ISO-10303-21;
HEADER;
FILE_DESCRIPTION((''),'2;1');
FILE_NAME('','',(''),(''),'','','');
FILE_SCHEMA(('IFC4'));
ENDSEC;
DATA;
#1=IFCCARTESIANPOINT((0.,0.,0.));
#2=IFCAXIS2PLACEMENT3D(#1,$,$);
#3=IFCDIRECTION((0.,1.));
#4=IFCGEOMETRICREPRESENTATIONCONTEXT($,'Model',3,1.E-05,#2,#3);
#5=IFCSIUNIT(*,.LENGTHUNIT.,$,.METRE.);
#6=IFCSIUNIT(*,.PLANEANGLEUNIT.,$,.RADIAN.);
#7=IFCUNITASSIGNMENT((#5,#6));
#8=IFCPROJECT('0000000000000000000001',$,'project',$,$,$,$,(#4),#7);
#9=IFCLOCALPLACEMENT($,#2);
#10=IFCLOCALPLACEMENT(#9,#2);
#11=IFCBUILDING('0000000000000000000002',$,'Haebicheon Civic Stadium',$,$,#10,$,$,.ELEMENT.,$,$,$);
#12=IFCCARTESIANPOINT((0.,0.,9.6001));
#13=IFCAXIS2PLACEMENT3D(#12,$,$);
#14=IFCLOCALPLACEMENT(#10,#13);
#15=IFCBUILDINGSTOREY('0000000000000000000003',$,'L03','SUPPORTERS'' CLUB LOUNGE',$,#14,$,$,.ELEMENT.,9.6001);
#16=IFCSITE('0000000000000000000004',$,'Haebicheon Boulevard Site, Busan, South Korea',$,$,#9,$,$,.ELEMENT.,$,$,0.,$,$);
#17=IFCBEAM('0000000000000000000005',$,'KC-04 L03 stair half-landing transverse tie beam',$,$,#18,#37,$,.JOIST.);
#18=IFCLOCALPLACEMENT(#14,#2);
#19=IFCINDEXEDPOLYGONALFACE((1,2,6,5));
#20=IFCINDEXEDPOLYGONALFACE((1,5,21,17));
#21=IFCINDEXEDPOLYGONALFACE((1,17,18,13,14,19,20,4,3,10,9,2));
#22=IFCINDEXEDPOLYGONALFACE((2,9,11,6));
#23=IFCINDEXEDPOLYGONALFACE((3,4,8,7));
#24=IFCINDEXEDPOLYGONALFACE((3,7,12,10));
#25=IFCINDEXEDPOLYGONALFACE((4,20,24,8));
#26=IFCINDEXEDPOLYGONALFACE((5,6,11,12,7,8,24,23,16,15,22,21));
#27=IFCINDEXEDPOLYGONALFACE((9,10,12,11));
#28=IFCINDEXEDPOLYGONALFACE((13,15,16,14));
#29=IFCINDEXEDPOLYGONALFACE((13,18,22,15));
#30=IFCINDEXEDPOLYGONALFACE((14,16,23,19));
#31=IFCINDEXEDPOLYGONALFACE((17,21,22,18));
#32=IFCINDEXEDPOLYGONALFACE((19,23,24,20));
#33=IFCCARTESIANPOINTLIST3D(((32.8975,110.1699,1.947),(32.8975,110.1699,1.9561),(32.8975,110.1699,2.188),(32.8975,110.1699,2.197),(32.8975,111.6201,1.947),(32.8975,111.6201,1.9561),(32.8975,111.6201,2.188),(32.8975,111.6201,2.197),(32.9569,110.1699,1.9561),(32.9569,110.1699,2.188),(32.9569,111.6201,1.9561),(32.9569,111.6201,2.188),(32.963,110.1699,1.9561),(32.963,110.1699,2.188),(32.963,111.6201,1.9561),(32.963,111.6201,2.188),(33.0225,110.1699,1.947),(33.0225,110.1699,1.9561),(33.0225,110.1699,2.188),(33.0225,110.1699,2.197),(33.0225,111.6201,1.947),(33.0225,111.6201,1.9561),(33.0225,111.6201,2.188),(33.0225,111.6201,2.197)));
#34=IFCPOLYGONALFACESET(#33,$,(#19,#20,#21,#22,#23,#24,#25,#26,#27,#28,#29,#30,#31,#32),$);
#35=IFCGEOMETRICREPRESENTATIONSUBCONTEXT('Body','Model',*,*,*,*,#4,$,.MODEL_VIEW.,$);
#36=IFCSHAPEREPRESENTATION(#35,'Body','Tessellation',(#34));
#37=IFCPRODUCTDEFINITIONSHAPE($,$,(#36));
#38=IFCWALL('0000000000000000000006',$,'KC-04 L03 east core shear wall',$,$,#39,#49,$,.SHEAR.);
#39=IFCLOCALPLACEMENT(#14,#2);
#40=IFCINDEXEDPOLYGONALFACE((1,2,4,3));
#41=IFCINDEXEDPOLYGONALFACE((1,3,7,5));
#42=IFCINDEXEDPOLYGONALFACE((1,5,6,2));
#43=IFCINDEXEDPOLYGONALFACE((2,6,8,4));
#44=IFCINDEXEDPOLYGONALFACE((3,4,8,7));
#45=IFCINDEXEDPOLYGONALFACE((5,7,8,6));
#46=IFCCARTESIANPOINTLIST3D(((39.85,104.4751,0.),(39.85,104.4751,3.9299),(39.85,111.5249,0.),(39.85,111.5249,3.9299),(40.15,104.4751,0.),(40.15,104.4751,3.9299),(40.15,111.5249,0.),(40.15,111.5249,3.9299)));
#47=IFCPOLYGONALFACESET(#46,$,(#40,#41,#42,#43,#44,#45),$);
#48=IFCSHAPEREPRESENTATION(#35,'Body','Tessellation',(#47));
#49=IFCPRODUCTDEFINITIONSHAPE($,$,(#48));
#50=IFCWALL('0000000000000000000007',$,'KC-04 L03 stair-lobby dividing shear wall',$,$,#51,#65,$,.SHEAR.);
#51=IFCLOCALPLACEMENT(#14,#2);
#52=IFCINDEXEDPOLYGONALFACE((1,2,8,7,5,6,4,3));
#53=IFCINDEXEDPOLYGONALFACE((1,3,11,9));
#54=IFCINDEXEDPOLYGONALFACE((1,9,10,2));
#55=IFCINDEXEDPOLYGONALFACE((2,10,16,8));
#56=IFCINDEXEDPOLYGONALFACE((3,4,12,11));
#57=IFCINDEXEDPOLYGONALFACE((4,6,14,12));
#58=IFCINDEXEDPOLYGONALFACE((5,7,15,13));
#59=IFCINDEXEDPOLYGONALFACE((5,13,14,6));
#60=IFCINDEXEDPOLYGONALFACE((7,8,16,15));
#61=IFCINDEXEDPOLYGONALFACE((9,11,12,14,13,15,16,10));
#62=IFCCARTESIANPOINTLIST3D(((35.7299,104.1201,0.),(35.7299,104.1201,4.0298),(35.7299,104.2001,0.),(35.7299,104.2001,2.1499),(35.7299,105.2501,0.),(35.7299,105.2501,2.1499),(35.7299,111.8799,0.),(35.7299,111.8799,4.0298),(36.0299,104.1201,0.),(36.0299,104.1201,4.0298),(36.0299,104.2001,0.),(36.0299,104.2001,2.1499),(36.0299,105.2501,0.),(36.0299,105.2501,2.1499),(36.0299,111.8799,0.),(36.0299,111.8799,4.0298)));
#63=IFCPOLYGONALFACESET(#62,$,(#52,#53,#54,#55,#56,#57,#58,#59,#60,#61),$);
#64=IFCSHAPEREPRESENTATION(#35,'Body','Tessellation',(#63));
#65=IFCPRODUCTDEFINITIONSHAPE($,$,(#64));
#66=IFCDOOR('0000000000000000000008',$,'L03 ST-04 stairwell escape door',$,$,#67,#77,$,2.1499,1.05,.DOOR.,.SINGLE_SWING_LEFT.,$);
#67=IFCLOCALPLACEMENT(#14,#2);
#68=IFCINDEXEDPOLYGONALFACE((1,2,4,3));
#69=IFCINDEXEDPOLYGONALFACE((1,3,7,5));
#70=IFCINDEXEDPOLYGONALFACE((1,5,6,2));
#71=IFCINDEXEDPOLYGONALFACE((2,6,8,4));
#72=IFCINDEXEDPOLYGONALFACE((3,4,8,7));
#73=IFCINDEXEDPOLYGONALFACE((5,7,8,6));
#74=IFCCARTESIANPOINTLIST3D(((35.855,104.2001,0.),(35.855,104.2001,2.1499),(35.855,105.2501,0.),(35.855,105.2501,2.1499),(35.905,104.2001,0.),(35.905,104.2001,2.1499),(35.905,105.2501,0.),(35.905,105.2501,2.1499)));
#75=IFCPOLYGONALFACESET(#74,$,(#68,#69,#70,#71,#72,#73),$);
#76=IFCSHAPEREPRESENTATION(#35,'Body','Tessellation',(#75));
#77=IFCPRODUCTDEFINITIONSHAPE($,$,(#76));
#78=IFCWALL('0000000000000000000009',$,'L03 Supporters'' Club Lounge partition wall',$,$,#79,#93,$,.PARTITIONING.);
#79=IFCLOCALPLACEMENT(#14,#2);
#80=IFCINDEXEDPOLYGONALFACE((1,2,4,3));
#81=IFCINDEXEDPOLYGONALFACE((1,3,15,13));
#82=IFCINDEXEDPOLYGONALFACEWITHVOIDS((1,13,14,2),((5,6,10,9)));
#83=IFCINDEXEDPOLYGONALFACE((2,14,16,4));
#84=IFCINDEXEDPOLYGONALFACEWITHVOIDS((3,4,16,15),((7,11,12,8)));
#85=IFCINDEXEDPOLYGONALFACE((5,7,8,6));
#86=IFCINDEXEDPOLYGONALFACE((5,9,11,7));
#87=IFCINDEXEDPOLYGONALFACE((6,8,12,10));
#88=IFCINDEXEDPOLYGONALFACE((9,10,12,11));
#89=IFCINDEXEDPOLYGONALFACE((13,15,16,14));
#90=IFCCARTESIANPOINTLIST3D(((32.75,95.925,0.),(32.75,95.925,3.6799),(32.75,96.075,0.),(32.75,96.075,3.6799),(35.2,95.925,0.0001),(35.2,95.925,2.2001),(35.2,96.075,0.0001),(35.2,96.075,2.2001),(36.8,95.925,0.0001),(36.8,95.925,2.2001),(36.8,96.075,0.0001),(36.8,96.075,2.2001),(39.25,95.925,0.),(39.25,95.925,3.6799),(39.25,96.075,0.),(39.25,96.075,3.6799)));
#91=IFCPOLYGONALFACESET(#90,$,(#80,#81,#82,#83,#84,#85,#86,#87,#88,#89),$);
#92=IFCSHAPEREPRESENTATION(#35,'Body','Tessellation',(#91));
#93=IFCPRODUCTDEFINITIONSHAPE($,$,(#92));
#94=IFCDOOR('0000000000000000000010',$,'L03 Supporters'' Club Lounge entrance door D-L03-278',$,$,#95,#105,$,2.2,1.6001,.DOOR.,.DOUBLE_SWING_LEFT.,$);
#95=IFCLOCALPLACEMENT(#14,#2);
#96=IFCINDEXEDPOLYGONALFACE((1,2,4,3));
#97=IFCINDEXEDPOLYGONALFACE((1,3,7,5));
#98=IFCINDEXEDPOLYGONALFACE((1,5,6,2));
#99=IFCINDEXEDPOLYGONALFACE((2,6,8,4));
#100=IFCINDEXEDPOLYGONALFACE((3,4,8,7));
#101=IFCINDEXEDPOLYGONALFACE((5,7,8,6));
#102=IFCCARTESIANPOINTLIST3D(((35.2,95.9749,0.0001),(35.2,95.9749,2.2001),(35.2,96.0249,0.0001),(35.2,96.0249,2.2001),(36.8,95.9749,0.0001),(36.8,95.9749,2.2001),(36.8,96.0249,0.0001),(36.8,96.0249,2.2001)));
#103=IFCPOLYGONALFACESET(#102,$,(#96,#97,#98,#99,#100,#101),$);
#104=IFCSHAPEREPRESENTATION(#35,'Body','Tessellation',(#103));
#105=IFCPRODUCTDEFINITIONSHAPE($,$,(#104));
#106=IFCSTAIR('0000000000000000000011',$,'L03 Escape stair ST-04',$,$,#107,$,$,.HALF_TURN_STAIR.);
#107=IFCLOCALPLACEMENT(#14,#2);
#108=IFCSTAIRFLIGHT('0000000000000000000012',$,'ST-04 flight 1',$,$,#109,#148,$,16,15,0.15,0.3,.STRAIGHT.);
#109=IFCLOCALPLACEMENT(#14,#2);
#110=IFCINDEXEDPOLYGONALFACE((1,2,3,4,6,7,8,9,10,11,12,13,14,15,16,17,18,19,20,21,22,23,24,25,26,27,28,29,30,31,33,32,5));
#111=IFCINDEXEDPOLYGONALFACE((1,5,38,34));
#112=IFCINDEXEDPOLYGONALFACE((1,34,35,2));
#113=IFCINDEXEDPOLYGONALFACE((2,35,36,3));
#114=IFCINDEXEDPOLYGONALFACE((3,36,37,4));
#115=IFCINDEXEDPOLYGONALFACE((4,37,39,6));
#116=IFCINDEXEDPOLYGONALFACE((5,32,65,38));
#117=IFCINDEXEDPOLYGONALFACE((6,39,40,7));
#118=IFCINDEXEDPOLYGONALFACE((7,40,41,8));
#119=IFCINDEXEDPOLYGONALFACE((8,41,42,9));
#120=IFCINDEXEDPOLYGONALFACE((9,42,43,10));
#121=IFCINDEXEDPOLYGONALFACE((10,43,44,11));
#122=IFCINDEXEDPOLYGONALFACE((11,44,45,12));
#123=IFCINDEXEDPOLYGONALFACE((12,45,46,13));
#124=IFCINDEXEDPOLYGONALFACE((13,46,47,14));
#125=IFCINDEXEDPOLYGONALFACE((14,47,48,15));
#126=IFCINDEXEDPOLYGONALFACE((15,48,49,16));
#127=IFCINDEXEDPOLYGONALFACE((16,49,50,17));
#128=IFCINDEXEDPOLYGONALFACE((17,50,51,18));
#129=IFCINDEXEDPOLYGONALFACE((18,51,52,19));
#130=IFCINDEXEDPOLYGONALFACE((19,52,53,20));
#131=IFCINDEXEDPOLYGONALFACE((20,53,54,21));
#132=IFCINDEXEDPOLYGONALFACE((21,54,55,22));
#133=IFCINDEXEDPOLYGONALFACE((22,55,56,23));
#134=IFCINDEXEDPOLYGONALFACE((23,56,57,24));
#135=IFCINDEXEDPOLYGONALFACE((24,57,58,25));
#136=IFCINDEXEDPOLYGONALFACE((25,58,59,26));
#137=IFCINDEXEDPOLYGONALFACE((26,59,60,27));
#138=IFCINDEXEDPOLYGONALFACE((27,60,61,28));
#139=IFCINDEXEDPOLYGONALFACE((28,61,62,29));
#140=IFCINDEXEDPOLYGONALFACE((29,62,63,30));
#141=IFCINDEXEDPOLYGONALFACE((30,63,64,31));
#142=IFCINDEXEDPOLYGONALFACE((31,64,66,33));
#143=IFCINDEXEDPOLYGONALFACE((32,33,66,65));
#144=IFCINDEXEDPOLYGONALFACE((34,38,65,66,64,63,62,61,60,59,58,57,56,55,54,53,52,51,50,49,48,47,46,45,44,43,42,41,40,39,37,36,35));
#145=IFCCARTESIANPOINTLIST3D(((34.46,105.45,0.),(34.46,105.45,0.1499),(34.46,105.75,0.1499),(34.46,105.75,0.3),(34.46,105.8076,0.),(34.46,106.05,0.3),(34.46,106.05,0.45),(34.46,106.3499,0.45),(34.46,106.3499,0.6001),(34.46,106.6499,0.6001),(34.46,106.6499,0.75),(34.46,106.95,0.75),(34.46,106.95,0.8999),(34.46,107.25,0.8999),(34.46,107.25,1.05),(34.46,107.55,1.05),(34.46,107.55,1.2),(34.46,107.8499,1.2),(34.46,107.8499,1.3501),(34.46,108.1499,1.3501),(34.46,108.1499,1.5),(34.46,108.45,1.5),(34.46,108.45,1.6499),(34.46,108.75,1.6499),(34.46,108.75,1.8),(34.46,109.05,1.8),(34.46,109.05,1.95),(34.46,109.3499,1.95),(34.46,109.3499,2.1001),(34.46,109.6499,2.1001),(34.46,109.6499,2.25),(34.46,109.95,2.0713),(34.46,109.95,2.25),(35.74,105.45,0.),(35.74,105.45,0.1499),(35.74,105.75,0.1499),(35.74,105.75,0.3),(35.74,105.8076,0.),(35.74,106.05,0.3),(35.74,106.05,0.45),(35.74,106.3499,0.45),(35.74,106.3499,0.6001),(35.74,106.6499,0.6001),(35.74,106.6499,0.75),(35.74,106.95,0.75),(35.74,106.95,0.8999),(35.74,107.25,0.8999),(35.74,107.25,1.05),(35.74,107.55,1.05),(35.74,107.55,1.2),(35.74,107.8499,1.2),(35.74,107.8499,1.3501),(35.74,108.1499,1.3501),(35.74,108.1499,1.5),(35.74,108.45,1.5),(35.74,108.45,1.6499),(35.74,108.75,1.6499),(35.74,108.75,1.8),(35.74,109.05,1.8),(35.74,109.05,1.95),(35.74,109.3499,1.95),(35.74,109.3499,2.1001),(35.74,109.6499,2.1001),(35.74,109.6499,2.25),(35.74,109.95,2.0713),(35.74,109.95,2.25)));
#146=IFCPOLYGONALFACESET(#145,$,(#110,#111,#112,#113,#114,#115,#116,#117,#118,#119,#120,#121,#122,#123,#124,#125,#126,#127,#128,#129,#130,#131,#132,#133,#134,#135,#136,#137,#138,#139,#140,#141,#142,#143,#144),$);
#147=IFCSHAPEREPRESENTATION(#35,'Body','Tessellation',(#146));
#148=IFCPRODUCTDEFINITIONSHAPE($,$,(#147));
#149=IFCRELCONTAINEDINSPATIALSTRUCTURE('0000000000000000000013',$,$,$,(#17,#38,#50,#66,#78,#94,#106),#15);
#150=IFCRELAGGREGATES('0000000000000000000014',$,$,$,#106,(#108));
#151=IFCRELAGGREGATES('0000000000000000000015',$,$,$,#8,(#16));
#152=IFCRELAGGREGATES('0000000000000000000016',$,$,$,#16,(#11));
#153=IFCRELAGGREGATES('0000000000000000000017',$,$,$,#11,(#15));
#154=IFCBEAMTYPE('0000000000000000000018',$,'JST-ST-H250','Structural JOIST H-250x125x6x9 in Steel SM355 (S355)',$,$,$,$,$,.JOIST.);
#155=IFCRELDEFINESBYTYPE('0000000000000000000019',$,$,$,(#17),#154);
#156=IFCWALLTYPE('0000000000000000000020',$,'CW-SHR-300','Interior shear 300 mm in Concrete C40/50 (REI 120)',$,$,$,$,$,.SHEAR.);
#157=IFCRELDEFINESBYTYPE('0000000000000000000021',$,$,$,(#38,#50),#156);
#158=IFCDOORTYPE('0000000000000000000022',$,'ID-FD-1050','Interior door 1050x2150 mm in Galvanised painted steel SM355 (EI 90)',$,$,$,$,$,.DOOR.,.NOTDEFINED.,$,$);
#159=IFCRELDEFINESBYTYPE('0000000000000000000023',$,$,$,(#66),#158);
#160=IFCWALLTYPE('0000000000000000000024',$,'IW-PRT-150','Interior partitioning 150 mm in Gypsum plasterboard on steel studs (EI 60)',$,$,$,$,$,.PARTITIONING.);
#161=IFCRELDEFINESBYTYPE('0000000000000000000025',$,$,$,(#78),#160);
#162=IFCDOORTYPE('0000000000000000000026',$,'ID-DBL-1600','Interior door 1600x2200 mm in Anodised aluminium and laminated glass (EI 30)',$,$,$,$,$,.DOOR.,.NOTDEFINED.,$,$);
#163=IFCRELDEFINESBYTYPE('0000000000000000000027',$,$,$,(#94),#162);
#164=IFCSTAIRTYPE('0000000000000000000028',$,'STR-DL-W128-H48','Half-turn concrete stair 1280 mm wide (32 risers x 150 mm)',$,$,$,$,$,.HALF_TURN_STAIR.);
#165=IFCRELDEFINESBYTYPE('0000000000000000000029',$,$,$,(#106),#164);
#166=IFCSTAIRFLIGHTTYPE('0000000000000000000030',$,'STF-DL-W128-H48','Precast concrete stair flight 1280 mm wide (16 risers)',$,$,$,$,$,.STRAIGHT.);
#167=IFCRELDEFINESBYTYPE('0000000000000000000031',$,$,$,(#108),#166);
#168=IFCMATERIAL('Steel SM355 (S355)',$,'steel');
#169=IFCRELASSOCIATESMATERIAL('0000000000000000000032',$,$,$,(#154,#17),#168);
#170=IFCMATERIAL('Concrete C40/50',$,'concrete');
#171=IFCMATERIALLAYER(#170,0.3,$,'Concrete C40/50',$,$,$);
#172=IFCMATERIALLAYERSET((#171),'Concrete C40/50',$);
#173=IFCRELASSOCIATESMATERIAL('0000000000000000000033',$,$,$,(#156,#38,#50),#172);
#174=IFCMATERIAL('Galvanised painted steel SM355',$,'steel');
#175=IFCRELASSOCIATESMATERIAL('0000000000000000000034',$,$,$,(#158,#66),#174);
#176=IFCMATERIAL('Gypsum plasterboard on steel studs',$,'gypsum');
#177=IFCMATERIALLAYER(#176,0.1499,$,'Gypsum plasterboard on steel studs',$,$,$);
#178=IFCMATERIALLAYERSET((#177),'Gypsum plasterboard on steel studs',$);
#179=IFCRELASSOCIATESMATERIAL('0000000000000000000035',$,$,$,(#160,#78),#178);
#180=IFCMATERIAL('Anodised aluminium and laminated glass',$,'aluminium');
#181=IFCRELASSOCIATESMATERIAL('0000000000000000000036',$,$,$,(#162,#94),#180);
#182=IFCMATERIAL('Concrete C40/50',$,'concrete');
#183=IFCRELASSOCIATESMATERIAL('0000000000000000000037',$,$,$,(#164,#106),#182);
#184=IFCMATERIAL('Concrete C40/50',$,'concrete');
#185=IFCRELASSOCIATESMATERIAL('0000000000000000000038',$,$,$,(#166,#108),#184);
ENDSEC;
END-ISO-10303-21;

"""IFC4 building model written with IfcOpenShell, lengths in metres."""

from ifc_helpers import new_model, si_unit, direction, frame, frame_2d, origin, origin_2d, place, context, subcontext, project, spatial, polyline, rectangle, i_section, outline, extrude, material, layer, layer_set, material_profile, profile_set, type_object, element, fill, aggregate, save


model = new_model("IFC4")

# Units and contexts
model_context = context("Model", 3, precision=1e-05, world=origin(), true_north=direction((0.0, 1.0)))
body_context = subcontext(model_context, "Body", "Model", "MODEL_VIEW")
ifc_project = project(units=[si_unit("LENGTHUNIT", "METRE"), si_unit("PLANEANGLEUNIT", "RADIAN")], contexts=[model_context])

# Site, building, storey
site_placement = place(None, origin())
site = spatial("IfcSite", under=ifc_project, at=site_placement, Name="Haebicheon Boulevard Site, Busan, South Korea", CompositionType="ELEMENT", RefElevation=0.0)
building_placement = place(site_placement, origin())
building = spatial("IfcBuilding", under=site, at=building_placement, Name="Haebicheon Civic Stadium", CompositionType="ELEMENT")
storey_placement = place(building_placement, frame((0.0, 0.0, 9.6001)))
storey = spatial("IfcBuildingStorey", under=building, at=storey_placement, Name="L03", Description="SUPPORTERS' CLUB LOUNGE", CompositionType="ELEMENT", Elevation=9.6001)

# Beam
ifc_material_1 = material(Name="Steel SM355 (S355)", Category="steel")
ifc_material_profile_1 = material_profile(ifc_material_1, i_section(OverallWidth=0.125, OverallDepth=0.25, WebThickness=0.0061, FlangeThickness=0.009, at=origin_2d()), Name="H-250x125x6x9")
ifc_profile_set_1 = profile_set([ifc_material_profile_1], Name="Steel SM355 (S355)")
beam_type_1 = type_object("IfcBeamType", Name="JST-ST-H250", Description="Structural JOIST H-250x125x6x9 in Steel SM355 (S355)", PredefinedType="JOIST", material=ifc_profile_set_1)
beam_1_placement = place(storey_placement, frame((32.96, 110.1699, 2.072), z_axis=(0.0, 1.0, 0.0), x_axis=(-1.0, 0.0, 0.0)))
element("IfcBeam", 1, at=beam_1_placement, inside=storey, type_object=beam_type_1, material=ifc_profile_set_1, Name="KC-04 L03 stair half-landing transverse tie beam", PredefinedType="JOIST", context=body_context, shape_type="SweptSolid", body=[
    extrude(i_section(OverallWidth=0.125, OverallDepth=0.25, WebThickness=0.0061, FlangeThickness=0.009, at=origin_2d()), origin(), (0.0, 0.0, 1.0), 1.4502),
])

# Wall
ifc_material_2 = material(Name="Concrete C40/50", Category="concrete")
ifc_layer_1 = layer(ifc_material_2, 0.3, Name="Concrete C40/50")
ifc_layer_set_1 = layer_set([ifc_layer_1], Name="Concrete C40/50")
wall_type_1 = type_object("IfcWallType", Name="CW-SHR-300", Description="Interior shear 300 mm in Concrete C40/50 (REI 120)", PredefinedType="SHEAR", material=ifc_layer_set_1)
wall_1_placement = place(storey_placement, frame((40.0, 104.4751, 0.0), z_axis=(0.0, 0.0, 1.0), x_axis=(0.0, 1.0, 0.0)))
element("IfcWall", 2, at=wall_1_placement, inside=storey, type_object=wall_type_1, material=ifc_layer_set_1, Name="KC-04 L03 east core shear wall", PredefinedType="SHEAR", context=body_context, shape_type="SweptSolid", body=[
    extrude(rectangle(XDim=7.0498, YDim=0.3, at=frame_2d((3.5249, 0.0))), origin(), (0.0, 0.0, 1.0), 3.9299),
])

# Walls, openings, doors
wall_2_placement = place(storey_placement, frame((35.8799, 104.1201, 0.0), z_axis=(0.0, 0.0, 1.0), x_axis=(0.0, 1.0, 0.0)))
wall_2 = element("IfcWall", 3, at=wall_2_placement, inside=storey, type_object=wall_type_1, material=ifc_layer_set_1, Name="KC-04 L03 stair-lobby dividing shear wall", PredefinedType="SHEAR", context=body_context, shape_type="SweptSolid", body=[
    extrude(rectangle(XDim=7.7598, YDim=0.3, at=frame_2d((3.8799, 0.0))), origin(), (0.0, 0.0, 1.0), 4.0298),
])
opening_1_placement = place(wall_2_placement, frame((0.0801, 0.0, 0.0)))
opening_1 = element("IfcOpeningElement", 4, at=opening_1_placement, cuts=wall_2, PredefinedType="OPENING", context=body_context, shape_type="SweptSolid", body=[
    extrude(rectangle(XDim=1.05, YDim=2.1499, at=frame_2d((0.5249, 1.075))), frame((0.0, 0.1599, 0.0), z_axis=(0.0, -1.0, 0.0), x_axis=(1.0, 0.0, 0.0)), (0.0, 0.0, 1.0), 0.3201),
])
ifc_material_3 = material(Name="Galvanised painted steel SM355", Category="steel")
door_type_1 = type_object("IfcDoorType", Name="ID-FD-1050", Description="Interior door 1050x2150 mm in Galvanised painted steel SM355 (EI 90)", OperationType="NOTDEFINED", PredefinedType="DOOR", material=ifc_material_3)
door_1_placement = place(opening_1_placement, origin())
door_1 = element("IfcDoor", 5, at=door_1_placement, inside=storey, type_object=door_type_1, material=ifc_material_3, Name="L03 ST-04 stairwell escape door", OperationType="SINGLE_SWING_LEFT", OverallHeight=2.1499, OverallWidth=1.05, PredefinedType="DOOR", context=body_context, shape_type="SweptSolid", body=[
    extrude(rectangle(XDim=1.05, YDim=2.1499, at=frame_2d((0.5249, 1.075))), frame((0.0, 0.0249, 0.0), z_axis=(0.0, -1.0, 0.0), x_axis=(1.0, 0.0, 0.0)), (0.0, 0.0, 1.0), 0.05),
])
fill(opening_1, door_1)
ifc_material_4 = material(Name="Gypsum plasterboard on steel studs", Category="gypsum")
ifc_layer_2 = layer(ifc_material_4, 0.1499, Name="Gypsum plasterboard on steel studs")
ifc_layer_set_2 = layer_set([ifc_layer_2], Name="Gypsum plasterboard on steel studs")
wall_type_2 = type_object("IfcWallType", Name="IW-PRT-150", Description="Interior partitioning 150 mm in Gypsum plasterboard on steel studs (EI 60)", PredefinedType="PARTITIONING", material=ifc_layer_set_2)
wall_3_placement = place(storey_placement, frame((32.75, 96.0, 0.0), z_axis=(0.0, 0.0, 1.0), x_axis=(1.0, 0.0, 0.0)))
wall_3 = element("IfcWall", 6, at=wall_3_placement, inside=storey, type_object=wall_type_2, material=ifc_layer_set_2, Name="L03 Supporters' Club Lounge partition wall", PredefinedType="PARTITIONING", context=body_context, shape_type="SweptSolid", body=[
    extrude(rectangle(XDim=6.5, YDim=0.1499, at=frame_2d((3.25, 0.0))), origin(), (0.0, 0.0, 1.0), 3.6799),
])
opening_2_placement = place(wall_3_placement, frame((2.45, 0.0, 0.0)))
opening_2 = element("IfcOpeningElement", 7, at=opening_2_placement, cuts=wall_3, PredefinedType="OPENING", context=body_context, shape_type="SweptSolid", body=[
    extrude(rectangle(XDim=1.6001, YDim=2.2, at=frame_2d((0.8, 1.1001))), frame((0.0, 0.085, 0.0), z_axis=(0.0, -1.0, 0.0), x_axis=(1.0, 0.0, 0.0)), (0.0, 0.0, 1.0), 0.1699),
])
ifc_material_5 = material(Name="Anodised aluminium and laminated glass", Category="aluminium")
door_type_2 = type_object("IfcDoorType", Name="ID-DBL-1600", Description="Interior door 1600x2200 mm in Anodised aluminium and laminated glass (EI 30)", OperationType="NOTDEFINED", PredefinedType="DOOR", material=ifc_material_5)
door_2_placement = place(opening_2_placement, origin())
door_2 = element("IfcDoor", 8, at=door_2_placement, inside=storey, type_object=door_type_2, material=ifc_material_5, Name="L03 Supporters' Club Lounge entrance door D-L03-278", OperationType="DOUBLE_SWING_LEFT", OverallHeight=2.2, OverallWidth=1.6001, PredefinedType="DOOR", context=body_context, shape_type="SweptSolid", body=[
    extrude(rectangle(XDim=1.6001, YDim=2.2, at=frame_2d((0.8, 1.1001))), frame((0.0, 0.0249, 0.0), z_axis=(0.0, -1.0, 0.0), x_axis=(1.0, 0.0, 0.0)), (0.0, 0.0, 1.0), 0.05),
])
fill(opening_2, door_2)

# Stair, stair flight
ifc_material_6 = material(Name="Concrete C40/50", Category="concrete")
stair_type = type_object("IfcStairType", Name="STR-DL-W128-H48", Description="Half-turn concrete stair 1280 mm wide (32 risers x 150 mm)", PredefinedType="HALF_TURN_STAIR", material=ifc_material_6)
stair_placement = place(storey_placement, origin())
stair = element("IfcStair", 9, at=stair_placement, inside=storey, type_object=stair_type, material=ifc_material_6, Name="L03 Escape stair ST-04", PredefinedType="HALF_TURN_STAIR")
ifc_material_7 = material(Name="Concrete C40/50", Category="concrete")
stair_flight_type = type_object("IfcStairFlightType", Name="STF-DL-W128-H48", Description="Precast concrete stair flight 1280 mm wide (16 risers)", PredefinedType="STRAIGHT", material=ifc_material_7)
stair_flight_1_placement = place(storey_placement, frame((35.1001, 105.45, 0.0), z_axis=(0.0, 0.0, 1.0), x_axis=(0.0, 1.0, 0.0)))
stair_flight_1 = element("IfcStairFlight", 10, at=stair_flight_1_placement, type_object=stair_flight_type, material=ifc_material_7, Name="ST-04 flight 1", NumberOfRisers=16, NumberOfTreads=15, PredefinedType="STRAIGHT", RiserHeight=0.15, TreadLength=0.3, context=body_context, shape_type="SweptSolid", body=[
    extrude(outline(polyline([(0.0, 0.0), (0.0, 0.1499), (0.3, 0.1499), (0.3, 0.3), (0.6001, 0.3), (0.6001, 0.45), (0.8999, 0.45), (0.8999, 0.6001), (1.2, 0.6001), (1.2, 0.75), (1.5, 0.75), (1.5, 0.8999), (1.8, 0.8999), (1.8, 1.05), (2.1001, 1.05), (2.1001, 1.2), (2.3999, 1.2), (2.3999, 1.3501), (2.7, 1.3501), (2.7, 1.5), (3.0, 1.5), (3.0, 1.6499), (3.3, 1.6499), (3.3, 1.8), (3.6001, 1.8), (3.6001, 1.95), (3.8999, 1.95), (3.8999, 2.1001), (4.2, 2.1001), (4.2, 2.25), (4.5, 2.25), (4.5, 2.3999), (4.5, 2.0713), (0.3577, 0.0), (0.0, 0.0)])), frame((0.0, 0.6401, 0.0), z_axis=(0.0, -1.0, 0.0), x_axis=(1.0, 0.0, 0.0)), (0.0, 0.0, 1.0), 1.28),
])
aggregate(stair, [stair_flight_1])

save(model, "model.ifc")
